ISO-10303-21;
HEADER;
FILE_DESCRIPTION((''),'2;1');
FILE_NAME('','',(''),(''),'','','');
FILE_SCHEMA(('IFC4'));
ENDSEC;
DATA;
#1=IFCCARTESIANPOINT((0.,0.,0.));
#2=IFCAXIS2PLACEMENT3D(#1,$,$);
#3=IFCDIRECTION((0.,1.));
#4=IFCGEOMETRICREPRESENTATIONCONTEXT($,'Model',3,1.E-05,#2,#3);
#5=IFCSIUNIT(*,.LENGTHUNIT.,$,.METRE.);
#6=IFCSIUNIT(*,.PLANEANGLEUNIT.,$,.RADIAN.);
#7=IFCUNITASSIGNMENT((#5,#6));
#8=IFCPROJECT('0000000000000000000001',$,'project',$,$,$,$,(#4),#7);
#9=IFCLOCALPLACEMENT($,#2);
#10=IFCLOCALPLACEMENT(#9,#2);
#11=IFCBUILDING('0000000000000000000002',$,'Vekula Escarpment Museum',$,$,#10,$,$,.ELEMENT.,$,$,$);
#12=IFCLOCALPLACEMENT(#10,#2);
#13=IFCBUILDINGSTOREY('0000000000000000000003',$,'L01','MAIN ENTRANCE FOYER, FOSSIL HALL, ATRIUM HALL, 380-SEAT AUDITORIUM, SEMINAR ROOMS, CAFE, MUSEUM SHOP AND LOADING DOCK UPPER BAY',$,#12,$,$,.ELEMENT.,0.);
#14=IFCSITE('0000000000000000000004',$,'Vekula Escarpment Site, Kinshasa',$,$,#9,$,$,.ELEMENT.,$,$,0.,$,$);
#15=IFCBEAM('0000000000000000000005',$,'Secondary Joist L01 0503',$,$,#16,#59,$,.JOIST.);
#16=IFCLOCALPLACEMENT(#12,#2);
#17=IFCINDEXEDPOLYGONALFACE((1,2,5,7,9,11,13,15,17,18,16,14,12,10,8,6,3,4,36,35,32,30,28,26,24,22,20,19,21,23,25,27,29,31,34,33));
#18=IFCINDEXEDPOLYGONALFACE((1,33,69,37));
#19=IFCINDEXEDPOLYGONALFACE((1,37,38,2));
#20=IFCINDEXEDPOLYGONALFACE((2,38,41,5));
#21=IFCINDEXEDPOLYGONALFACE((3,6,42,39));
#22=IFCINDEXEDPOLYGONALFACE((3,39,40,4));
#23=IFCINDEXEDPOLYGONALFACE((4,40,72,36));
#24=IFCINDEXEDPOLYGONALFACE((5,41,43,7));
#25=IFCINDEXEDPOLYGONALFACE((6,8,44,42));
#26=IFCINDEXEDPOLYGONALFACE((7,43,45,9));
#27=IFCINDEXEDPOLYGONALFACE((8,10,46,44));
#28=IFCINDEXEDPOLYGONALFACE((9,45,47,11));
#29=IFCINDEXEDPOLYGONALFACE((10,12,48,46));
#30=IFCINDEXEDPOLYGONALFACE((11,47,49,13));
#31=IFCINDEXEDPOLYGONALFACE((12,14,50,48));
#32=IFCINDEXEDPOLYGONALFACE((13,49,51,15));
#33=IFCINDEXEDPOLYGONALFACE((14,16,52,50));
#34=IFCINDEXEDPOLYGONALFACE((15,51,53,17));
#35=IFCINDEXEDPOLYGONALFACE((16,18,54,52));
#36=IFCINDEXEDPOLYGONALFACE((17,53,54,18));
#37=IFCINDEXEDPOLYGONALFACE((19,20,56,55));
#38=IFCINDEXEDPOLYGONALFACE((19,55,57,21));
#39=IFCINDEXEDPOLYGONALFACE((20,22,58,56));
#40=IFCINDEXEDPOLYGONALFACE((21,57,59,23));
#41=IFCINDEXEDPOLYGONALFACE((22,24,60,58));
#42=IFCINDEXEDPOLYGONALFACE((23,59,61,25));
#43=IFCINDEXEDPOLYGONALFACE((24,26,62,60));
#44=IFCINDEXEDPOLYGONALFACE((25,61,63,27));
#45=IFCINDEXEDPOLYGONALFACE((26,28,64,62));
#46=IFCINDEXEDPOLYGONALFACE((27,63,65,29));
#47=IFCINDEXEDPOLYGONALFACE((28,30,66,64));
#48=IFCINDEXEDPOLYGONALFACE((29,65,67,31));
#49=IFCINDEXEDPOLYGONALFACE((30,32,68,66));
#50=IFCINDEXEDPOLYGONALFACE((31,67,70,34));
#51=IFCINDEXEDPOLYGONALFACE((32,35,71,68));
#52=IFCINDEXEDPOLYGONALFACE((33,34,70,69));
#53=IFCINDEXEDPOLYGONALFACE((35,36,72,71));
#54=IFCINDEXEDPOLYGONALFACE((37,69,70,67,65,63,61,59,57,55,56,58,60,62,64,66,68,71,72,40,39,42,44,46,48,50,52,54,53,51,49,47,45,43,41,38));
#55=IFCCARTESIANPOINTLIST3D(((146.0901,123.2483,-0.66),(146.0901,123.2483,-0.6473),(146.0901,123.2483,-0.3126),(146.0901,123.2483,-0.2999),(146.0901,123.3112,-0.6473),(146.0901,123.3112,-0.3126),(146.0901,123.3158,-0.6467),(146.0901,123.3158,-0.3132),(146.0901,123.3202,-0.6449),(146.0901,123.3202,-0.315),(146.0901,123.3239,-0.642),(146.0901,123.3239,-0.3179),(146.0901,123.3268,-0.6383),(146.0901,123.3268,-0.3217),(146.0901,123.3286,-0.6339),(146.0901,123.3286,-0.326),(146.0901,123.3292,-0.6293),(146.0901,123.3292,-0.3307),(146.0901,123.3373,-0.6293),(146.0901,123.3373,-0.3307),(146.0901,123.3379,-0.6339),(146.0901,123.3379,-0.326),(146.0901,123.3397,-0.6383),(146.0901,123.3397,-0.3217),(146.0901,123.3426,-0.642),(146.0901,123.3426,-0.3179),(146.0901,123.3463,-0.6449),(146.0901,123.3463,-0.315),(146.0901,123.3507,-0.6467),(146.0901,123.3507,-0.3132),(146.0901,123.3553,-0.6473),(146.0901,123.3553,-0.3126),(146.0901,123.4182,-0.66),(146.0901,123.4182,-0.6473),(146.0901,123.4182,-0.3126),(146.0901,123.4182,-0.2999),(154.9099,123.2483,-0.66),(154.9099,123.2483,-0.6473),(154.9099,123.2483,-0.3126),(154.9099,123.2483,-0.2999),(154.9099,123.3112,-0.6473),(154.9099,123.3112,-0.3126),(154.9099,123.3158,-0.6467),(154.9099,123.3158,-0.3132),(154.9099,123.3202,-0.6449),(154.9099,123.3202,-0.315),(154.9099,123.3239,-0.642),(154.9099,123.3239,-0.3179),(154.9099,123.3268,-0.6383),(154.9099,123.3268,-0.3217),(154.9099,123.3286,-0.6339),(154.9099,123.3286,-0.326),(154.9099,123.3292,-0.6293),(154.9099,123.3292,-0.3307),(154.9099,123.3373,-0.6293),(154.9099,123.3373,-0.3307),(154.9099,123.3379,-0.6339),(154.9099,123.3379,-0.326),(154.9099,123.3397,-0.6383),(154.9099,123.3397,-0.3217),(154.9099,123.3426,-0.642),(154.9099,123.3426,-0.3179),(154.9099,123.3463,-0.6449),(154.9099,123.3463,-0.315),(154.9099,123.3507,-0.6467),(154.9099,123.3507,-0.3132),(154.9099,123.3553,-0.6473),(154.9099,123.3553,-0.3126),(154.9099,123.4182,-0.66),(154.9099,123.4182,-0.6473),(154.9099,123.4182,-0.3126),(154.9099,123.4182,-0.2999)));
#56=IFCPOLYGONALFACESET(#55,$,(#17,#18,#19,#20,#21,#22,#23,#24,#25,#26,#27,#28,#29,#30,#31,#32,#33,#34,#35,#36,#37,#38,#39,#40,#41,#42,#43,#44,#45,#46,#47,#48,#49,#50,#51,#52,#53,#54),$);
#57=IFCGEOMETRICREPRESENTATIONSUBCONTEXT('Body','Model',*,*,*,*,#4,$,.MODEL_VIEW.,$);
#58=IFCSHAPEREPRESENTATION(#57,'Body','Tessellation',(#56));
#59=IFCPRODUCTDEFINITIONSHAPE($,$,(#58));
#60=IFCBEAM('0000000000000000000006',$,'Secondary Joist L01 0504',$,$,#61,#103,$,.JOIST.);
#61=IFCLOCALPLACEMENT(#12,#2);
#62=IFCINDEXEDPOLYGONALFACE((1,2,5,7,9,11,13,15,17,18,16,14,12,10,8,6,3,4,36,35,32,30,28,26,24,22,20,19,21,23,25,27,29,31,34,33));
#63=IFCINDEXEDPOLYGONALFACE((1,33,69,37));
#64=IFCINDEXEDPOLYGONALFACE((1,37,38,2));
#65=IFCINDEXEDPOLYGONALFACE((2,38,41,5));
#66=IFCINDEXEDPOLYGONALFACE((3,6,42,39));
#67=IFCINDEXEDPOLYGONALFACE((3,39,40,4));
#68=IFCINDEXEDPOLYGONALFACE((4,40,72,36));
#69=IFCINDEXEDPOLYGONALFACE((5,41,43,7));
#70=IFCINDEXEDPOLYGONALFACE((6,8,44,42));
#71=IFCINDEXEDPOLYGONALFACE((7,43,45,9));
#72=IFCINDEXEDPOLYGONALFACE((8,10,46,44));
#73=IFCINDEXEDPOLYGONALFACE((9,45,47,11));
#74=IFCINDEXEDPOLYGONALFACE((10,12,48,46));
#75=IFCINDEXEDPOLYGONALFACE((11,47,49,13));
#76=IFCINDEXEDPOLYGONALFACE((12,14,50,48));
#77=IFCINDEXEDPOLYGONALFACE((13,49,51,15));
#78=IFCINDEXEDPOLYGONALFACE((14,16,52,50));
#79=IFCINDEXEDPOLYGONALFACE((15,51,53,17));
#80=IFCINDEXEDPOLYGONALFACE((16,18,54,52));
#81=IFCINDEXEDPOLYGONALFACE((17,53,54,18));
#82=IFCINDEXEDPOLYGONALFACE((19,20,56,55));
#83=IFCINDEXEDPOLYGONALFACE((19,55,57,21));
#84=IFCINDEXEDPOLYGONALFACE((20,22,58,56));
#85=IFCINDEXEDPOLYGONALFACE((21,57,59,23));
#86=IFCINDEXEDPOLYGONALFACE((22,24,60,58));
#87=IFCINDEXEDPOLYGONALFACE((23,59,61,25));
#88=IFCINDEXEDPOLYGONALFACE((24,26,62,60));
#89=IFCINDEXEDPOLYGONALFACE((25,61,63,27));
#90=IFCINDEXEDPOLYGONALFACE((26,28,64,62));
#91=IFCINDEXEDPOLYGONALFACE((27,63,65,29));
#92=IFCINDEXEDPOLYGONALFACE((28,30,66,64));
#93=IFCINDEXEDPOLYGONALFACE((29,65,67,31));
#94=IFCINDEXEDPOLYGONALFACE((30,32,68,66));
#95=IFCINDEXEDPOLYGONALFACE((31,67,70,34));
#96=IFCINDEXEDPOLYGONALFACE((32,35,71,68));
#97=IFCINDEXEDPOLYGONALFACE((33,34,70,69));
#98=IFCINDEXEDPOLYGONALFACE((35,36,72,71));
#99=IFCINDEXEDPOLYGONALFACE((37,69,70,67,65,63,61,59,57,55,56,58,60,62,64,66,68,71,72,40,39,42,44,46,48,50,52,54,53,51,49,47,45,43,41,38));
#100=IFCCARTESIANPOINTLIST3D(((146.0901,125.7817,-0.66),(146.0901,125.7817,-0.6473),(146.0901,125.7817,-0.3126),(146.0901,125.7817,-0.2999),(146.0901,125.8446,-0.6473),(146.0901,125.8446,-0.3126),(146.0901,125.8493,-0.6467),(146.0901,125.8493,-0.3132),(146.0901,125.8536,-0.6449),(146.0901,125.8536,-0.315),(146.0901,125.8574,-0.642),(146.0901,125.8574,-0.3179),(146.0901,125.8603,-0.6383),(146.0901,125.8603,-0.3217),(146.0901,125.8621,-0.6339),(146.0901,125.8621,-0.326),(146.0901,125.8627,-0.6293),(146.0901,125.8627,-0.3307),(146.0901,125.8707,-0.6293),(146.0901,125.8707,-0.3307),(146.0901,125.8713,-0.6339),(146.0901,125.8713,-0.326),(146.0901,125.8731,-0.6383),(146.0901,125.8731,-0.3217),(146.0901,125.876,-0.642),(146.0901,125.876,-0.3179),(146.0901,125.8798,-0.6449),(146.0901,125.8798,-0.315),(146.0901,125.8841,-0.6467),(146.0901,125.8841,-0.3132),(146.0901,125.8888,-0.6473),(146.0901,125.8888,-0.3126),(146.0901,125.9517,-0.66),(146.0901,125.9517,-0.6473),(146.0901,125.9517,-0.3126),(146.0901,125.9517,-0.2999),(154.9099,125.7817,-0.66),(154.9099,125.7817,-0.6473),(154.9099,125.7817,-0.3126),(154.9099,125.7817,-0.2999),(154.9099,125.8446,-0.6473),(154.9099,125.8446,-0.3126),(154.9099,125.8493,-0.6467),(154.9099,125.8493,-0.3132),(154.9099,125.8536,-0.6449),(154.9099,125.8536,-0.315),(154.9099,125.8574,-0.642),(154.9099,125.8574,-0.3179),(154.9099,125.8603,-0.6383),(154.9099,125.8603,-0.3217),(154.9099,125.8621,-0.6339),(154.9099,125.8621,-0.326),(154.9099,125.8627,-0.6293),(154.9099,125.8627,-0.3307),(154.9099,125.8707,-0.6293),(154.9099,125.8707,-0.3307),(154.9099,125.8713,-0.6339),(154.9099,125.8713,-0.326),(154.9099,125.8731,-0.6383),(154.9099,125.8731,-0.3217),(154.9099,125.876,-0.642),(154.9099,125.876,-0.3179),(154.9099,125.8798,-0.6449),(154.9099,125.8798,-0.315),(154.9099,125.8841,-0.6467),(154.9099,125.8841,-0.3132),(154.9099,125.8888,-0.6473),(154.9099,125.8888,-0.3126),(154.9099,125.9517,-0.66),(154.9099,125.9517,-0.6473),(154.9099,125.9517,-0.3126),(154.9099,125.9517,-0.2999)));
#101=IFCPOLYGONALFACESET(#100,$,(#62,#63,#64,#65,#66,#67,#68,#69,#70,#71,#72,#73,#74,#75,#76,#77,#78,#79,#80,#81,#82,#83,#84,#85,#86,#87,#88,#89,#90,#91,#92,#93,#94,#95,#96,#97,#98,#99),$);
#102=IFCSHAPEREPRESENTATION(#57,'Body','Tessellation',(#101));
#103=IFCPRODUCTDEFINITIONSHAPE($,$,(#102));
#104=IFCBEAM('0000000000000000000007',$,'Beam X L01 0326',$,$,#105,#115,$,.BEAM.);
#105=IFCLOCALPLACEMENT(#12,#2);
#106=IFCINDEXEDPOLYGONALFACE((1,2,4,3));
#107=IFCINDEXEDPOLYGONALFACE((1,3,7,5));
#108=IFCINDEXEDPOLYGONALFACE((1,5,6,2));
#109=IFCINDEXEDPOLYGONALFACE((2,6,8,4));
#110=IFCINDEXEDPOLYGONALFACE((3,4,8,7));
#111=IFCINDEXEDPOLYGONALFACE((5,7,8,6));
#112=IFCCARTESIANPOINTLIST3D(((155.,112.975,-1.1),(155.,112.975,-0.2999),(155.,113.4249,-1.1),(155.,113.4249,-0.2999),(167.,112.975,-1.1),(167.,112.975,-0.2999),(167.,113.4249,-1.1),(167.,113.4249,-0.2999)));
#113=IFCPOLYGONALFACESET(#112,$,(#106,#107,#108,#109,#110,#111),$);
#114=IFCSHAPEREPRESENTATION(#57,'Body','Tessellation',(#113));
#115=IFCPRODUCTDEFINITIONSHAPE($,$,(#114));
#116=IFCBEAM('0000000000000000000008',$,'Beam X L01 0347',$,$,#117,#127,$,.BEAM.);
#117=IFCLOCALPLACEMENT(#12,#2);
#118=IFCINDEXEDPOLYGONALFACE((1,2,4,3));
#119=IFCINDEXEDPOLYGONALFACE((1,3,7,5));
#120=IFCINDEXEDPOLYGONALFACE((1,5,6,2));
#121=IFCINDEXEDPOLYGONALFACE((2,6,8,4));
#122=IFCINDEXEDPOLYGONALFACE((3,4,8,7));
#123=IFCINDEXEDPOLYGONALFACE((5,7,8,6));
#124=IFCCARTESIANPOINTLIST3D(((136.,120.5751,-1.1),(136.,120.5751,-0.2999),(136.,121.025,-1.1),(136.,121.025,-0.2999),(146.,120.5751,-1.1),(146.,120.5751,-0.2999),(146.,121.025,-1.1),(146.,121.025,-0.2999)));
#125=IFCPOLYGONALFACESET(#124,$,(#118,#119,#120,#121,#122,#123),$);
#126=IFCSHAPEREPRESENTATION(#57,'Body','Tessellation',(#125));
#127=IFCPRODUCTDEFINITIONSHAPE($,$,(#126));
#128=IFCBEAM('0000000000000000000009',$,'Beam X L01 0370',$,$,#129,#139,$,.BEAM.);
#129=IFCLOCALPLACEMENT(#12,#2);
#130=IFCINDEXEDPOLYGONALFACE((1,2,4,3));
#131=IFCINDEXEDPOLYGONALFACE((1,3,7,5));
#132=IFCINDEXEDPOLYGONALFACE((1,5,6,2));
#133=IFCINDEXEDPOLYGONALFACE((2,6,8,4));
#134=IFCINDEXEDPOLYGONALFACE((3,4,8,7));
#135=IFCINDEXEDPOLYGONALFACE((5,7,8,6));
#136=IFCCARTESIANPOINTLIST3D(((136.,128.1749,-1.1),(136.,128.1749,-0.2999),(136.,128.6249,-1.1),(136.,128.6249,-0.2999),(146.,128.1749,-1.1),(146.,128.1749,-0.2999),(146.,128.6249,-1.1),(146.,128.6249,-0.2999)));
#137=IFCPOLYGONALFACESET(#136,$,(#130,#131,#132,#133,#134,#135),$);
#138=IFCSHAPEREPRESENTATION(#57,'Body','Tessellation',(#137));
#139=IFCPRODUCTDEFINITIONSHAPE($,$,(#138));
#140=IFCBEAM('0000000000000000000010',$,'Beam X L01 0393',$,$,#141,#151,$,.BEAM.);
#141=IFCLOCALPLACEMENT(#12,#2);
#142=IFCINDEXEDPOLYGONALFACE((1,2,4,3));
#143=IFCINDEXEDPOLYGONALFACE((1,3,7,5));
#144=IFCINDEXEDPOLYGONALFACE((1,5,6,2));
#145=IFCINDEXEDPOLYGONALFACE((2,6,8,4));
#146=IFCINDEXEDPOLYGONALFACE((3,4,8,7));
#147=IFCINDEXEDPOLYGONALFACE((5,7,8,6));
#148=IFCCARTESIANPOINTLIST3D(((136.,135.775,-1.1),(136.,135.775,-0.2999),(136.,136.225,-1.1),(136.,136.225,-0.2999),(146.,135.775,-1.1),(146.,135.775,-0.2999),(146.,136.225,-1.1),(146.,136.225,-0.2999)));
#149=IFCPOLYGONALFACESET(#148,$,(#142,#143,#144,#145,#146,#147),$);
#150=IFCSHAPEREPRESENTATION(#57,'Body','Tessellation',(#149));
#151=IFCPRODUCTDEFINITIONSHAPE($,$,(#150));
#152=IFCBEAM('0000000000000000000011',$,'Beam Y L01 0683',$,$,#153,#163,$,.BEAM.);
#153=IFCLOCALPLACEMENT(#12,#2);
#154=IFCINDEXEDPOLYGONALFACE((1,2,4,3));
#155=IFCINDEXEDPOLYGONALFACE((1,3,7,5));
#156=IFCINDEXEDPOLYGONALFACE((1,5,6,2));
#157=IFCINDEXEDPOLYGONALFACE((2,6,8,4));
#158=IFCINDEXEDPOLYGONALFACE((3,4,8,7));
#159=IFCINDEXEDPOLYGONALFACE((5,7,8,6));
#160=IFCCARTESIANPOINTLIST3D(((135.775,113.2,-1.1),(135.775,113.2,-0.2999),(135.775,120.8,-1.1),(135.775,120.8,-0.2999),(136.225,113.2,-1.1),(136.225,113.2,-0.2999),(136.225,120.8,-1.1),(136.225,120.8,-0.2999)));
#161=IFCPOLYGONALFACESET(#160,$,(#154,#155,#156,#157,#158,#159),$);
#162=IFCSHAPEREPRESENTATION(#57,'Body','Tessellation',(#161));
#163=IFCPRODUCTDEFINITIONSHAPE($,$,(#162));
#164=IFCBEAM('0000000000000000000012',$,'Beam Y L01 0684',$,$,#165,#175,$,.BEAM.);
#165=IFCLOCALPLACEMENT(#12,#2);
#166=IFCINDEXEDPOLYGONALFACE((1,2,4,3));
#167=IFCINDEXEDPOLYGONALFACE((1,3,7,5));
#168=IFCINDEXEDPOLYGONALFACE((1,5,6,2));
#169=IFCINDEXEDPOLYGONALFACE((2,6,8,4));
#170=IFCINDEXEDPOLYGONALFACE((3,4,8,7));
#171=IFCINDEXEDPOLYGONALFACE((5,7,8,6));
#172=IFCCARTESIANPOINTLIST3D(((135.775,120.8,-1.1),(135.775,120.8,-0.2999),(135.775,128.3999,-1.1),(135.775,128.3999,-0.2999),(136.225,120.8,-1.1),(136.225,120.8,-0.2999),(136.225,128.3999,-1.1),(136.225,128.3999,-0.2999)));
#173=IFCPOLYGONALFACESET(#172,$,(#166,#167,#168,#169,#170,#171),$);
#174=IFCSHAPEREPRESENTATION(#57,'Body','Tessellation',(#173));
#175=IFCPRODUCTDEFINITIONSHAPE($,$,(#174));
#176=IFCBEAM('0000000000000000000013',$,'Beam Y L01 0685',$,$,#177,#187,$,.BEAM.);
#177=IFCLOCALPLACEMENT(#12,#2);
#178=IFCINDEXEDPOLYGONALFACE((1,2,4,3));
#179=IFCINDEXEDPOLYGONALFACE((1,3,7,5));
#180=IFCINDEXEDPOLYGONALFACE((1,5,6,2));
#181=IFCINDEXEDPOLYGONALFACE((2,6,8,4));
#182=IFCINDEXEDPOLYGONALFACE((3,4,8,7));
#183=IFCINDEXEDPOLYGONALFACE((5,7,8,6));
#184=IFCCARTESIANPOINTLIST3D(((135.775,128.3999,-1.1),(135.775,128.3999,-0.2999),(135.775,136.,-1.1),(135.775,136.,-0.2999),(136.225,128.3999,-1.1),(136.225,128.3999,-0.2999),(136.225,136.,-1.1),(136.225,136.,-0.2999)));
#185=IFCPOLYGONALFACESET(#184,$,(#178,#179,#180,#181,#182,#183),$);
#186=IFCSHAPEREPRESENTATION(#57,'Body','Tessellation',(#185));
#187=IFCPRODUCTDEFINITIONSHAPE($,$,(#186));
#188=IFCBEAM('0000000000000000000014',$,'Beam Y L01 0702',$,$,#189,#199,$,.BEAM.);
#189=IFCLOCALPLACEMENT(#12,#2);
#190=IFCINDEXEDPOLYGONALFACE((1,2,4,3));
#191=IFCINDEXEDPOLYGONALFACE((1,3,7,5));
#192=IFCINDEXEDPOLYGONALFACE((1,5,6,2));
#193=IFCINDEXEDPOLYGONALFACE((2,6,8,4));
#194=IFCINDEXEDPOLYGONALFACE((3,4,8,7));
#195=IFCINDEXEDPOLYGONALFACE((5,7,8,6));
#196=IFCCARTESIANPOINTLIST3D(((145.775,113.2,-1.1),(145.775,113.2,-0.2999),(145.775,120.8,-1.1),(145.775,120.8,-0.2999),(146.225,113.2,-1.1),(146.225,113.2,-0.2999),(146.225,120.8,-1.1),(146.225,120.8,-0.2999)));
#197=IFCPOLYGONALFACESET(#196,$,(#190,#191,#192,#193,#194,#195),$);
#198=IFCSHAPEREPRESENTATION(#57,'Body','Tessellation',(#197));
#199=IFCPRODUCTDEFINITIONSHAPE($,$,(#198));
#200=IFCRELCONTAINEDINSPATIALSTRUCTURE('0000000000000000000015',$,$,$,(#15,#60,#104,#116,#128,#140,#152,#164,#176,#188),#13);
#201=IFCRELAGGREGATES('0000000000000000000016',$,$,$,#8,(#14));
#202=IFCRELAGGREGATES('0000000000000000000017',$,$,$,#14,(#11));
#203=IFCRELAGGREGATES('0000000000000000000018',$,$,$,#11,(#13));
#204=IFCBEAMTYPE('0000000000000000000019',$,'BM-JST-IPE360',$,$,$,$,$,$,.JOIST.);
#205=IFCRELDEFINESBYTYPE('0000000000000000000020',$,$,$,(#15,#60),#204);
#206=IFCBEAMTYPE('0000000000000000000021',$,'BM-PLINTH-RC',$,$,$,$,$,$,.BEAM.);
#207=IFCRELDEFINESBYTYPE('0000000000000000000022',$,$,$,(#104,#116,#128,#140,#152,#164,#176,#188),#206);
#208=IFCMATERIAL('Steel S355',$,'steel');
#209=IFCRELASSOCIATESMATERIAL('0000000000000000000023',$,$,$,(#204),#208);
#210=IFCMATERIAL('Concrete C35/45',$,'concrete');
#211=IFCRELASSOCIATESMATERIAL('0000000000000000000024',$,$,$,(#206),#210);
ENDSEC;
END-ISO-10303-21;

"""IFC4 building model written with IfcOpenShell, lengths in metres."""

from ifc_helpers import new_model, si_unit, direction, frame, origin, origin_2d, place, context, subcontext, project, spatial, rectangle, i_section, extrude, material, material_profile, profile_set, type_object, element, save


model = new_model("IFC4")

# Units and contexts
model_context = context("Model", 3, precision=1e-05, world=origin(), true_north=direction((0.0, 1.0)))
body_context = subcontext(model_context, "Body", "Model", "MODEL_VIEW")
ifc_project = project(units=[si_unit("LENGTHUNIT", "METRE"), si_unit("PLANEANGLEUNIT", "RADIAN")], contexts=[model_context])

# Site, building, storey
site_placement = place(None, origin())
site = spatial("IfcSite", under=ifc_project, at=site_placement, Name="Vekula Escarpment Site, Kinshasa", CompositionType="ELEMENT", RefElevation=0.0)
building_placement = place(site_placement, origin())
building = spatial("IfcBuilding", under=site, at=building_placement, Name="Vekula Escarpment Museum", CompositionType="ELEMENT")
storey_placement = place(building_placement, origin())
storey = spatial("IfcBuildingStorey", under=building, at=storey_placement, Name="L01", Description="MAIN ENTRANCE FOYER, FOSSIL HALL, ATRIUM HALL, 380-SEAT AUDITORIUM, SEMINAR ROOMS, CAFE, MUSEUM SHOP AND LOADING DOCK UPPER BAY", CompositionType="ELEMENT", Elevation=0.0)

# Beams
ifc_material_1 = material(Name="Steel S355", Category="steel")
ifc_material_profile_1 = material_profile(ifc_material_1, i_section(OverallWidth=0.1699, OverallDepth=0.3601, WebThickness=0.0081, FlangeThickness=0.0127, FilletRadius=0.0181, at=origin_2d()), Name="IPE 360")
ifc_profile_set_1 = profile_set([ifc_material_profile_1], Name="Steel S355")
beam_type_1 = type_object("IfcBeamType", Name="BM-JST-IPE360", PredefinedType="JOIST", material=ifc_profile_set_1)
for number, where, z_axis, x_axis, name in (
    (1, (146.0901, 123.3333, -0.48), (1.0, 0.0, 0.0), (0.0, 1.0, 0.0), "Secondary Joist L01 0503"),
    (2, (146.0901, 125.8667, -0.48), (1.0, 0.0, 0.0), (0.0, 1.0, 0.0), "Secondary Joist L01 0504"),
):
    element("IfcBeam", number, at=place(storey_placement, frame(where, z_axis=z_axis, x_axis=x_axis)), inside=storey, type_object=beam_type_1, Name=name, PredefinedType="JOIST", context=body_context, shape_type="SweptSolid", body=[
        extrude(i_section(OverallWidth=0.1699, OverallDepth=0.3601, WebThickness=0.0081, FlangeThickness=0.0127, FilletRadius=0.0181, at=origin_2d()), origin(), (0.0, 0.0, 1.0), 8.8198),
    ])
ifc_material_2 = material(Name="Concrete C35/45", Category="concrete")
ifc_material_profile_2 = material_profile(ifc_material_2, rectangle(XDim=0.45, YDim=0.8, at=origin_2d()), Name="RC 450x800")
ifc_profile_set_2 = profile_set([ifc_material_profile_2], Name="Concrete C35/45")
beam_type_2 = type_object("IfcBeamType", Name="BM-PLINTH-RC", PredefinedType="BEAM", material=ifc_profile_set_2)
beam_1_placement = place(storey_placement, frame((155.0, 113.2, -0.7), z_axis=(1.0, 0.0, 0.0), x_axis=(0.0, 1.0, 0.0)))
element("IfcBeam", 3, at=beam_1_placement, inside=storey, type_object=beam_type_2, Name="Beam X L01 0326", PredefinedType="BEAM", context=body_context, shape_type="SweptSolid", body=[
    extrude(rectangle(XDim=0.45, YDim=0.8, at=origin_2d()), origin(), (0.0, 0.0, 1.0), 12.0),
])
for number, where, z_axis, x_axis, name in (
    (4, (136.0, 120.8, -0.7), (1.0, 0.0, 0.0), (0.0, 1.0, 0.0), "Beam X L01 0347"),
    (5, (136.0, 128.3999, -0.7), (1.0, 0.0, 0.0), (0.0, 1.0, 0.0), "Beam X L01 0370"),
    (6, (136.0, 136.0, -0.7), (1.0, 0.0, 0.0), (0.0, 1.0, 0.0), "Beam X L01 0393"),
):
    element("IfcBeam", number, at=place(storey_placement, frame(where, z_axis=z_axis, x_axis=x_axis)), inside=storey, type_object=beam_type_2, Name=name, PredefinedType="BEAM", context=body_context, shape_type="SweptSolid", body=[
        extrude(rectangle(XDim=0.45, YDim=0.8, at=origin_2d()), origin(), (0.0, 0.0, 1.0), 10.0),
    ])
beam_2_placement = place(storey_placement, frame((136.0, 113.2, -0.7), z_axis=(0.0, 1.0, 0.0), x_axis=(-1.0, 0.0, 0.0)))
element("IfcBeam", 7, at=beam_2_placement, inside=storey, type_object=beam_type_2, Name="Beam Y L01 0683", PredefinedType="BEAM", context=body_context, shape_type="SweptSolid", body=[
    extrude(rectangle(XDim=0.45, YDim=0.8, at=origin_2d()), origin(), (0.0, 0.0, 1.0), 7.6001),
])
beam_3_placement = place(storey_placement, frame((136.0, 120.8, -0.7), z_axis=(0.0, 1.0, 0.0), x_axis=(-1.0, 0.0, 0.0)))
element("IfcBeam", 8, at=beam_3_placement, inside=storey, type_object=beam_type_2, Name="Beam Y L01 0684", PredefinedType="BEAM", context=body_context, shape_type="SweptSolid", body=[
    extrude(rectangle(XDim=0.45, YDim=0.8, at=origin_2d()), origin(), (0.0, 0.0, 1.0), 7.5999),
])
for number, where, z_axis, x_axis, name in (
    (9, (136.0, 128.3999, -0.7), (0.0, 1.0, 0.0), (-1.0, 0.0, 0.0), "Beam Y L01 0685"),
    (10, (146.0, 113.2, -0.7), (0.0, 1.0, 0.0), (-1.0, 0.0, 0.0), "Beam Y L01 0702"),
):
    element("IfcBeam", number, at=place(storey_placement, frame(where, z_axis=z_axis, x_axis=x_axis)), inside=storey, type_object=beam_type_2, Name=name, PredefinedType="BEAM", context=body_context, shape_type="SweptSolid", body=[
        extrude(rectangle(XDim=0.45, YDim=0.8, at=origin_2d()), origin(), (0.0, 0.0, 1.0), 7.6001),
    ])

save(model, "model.ifc")
